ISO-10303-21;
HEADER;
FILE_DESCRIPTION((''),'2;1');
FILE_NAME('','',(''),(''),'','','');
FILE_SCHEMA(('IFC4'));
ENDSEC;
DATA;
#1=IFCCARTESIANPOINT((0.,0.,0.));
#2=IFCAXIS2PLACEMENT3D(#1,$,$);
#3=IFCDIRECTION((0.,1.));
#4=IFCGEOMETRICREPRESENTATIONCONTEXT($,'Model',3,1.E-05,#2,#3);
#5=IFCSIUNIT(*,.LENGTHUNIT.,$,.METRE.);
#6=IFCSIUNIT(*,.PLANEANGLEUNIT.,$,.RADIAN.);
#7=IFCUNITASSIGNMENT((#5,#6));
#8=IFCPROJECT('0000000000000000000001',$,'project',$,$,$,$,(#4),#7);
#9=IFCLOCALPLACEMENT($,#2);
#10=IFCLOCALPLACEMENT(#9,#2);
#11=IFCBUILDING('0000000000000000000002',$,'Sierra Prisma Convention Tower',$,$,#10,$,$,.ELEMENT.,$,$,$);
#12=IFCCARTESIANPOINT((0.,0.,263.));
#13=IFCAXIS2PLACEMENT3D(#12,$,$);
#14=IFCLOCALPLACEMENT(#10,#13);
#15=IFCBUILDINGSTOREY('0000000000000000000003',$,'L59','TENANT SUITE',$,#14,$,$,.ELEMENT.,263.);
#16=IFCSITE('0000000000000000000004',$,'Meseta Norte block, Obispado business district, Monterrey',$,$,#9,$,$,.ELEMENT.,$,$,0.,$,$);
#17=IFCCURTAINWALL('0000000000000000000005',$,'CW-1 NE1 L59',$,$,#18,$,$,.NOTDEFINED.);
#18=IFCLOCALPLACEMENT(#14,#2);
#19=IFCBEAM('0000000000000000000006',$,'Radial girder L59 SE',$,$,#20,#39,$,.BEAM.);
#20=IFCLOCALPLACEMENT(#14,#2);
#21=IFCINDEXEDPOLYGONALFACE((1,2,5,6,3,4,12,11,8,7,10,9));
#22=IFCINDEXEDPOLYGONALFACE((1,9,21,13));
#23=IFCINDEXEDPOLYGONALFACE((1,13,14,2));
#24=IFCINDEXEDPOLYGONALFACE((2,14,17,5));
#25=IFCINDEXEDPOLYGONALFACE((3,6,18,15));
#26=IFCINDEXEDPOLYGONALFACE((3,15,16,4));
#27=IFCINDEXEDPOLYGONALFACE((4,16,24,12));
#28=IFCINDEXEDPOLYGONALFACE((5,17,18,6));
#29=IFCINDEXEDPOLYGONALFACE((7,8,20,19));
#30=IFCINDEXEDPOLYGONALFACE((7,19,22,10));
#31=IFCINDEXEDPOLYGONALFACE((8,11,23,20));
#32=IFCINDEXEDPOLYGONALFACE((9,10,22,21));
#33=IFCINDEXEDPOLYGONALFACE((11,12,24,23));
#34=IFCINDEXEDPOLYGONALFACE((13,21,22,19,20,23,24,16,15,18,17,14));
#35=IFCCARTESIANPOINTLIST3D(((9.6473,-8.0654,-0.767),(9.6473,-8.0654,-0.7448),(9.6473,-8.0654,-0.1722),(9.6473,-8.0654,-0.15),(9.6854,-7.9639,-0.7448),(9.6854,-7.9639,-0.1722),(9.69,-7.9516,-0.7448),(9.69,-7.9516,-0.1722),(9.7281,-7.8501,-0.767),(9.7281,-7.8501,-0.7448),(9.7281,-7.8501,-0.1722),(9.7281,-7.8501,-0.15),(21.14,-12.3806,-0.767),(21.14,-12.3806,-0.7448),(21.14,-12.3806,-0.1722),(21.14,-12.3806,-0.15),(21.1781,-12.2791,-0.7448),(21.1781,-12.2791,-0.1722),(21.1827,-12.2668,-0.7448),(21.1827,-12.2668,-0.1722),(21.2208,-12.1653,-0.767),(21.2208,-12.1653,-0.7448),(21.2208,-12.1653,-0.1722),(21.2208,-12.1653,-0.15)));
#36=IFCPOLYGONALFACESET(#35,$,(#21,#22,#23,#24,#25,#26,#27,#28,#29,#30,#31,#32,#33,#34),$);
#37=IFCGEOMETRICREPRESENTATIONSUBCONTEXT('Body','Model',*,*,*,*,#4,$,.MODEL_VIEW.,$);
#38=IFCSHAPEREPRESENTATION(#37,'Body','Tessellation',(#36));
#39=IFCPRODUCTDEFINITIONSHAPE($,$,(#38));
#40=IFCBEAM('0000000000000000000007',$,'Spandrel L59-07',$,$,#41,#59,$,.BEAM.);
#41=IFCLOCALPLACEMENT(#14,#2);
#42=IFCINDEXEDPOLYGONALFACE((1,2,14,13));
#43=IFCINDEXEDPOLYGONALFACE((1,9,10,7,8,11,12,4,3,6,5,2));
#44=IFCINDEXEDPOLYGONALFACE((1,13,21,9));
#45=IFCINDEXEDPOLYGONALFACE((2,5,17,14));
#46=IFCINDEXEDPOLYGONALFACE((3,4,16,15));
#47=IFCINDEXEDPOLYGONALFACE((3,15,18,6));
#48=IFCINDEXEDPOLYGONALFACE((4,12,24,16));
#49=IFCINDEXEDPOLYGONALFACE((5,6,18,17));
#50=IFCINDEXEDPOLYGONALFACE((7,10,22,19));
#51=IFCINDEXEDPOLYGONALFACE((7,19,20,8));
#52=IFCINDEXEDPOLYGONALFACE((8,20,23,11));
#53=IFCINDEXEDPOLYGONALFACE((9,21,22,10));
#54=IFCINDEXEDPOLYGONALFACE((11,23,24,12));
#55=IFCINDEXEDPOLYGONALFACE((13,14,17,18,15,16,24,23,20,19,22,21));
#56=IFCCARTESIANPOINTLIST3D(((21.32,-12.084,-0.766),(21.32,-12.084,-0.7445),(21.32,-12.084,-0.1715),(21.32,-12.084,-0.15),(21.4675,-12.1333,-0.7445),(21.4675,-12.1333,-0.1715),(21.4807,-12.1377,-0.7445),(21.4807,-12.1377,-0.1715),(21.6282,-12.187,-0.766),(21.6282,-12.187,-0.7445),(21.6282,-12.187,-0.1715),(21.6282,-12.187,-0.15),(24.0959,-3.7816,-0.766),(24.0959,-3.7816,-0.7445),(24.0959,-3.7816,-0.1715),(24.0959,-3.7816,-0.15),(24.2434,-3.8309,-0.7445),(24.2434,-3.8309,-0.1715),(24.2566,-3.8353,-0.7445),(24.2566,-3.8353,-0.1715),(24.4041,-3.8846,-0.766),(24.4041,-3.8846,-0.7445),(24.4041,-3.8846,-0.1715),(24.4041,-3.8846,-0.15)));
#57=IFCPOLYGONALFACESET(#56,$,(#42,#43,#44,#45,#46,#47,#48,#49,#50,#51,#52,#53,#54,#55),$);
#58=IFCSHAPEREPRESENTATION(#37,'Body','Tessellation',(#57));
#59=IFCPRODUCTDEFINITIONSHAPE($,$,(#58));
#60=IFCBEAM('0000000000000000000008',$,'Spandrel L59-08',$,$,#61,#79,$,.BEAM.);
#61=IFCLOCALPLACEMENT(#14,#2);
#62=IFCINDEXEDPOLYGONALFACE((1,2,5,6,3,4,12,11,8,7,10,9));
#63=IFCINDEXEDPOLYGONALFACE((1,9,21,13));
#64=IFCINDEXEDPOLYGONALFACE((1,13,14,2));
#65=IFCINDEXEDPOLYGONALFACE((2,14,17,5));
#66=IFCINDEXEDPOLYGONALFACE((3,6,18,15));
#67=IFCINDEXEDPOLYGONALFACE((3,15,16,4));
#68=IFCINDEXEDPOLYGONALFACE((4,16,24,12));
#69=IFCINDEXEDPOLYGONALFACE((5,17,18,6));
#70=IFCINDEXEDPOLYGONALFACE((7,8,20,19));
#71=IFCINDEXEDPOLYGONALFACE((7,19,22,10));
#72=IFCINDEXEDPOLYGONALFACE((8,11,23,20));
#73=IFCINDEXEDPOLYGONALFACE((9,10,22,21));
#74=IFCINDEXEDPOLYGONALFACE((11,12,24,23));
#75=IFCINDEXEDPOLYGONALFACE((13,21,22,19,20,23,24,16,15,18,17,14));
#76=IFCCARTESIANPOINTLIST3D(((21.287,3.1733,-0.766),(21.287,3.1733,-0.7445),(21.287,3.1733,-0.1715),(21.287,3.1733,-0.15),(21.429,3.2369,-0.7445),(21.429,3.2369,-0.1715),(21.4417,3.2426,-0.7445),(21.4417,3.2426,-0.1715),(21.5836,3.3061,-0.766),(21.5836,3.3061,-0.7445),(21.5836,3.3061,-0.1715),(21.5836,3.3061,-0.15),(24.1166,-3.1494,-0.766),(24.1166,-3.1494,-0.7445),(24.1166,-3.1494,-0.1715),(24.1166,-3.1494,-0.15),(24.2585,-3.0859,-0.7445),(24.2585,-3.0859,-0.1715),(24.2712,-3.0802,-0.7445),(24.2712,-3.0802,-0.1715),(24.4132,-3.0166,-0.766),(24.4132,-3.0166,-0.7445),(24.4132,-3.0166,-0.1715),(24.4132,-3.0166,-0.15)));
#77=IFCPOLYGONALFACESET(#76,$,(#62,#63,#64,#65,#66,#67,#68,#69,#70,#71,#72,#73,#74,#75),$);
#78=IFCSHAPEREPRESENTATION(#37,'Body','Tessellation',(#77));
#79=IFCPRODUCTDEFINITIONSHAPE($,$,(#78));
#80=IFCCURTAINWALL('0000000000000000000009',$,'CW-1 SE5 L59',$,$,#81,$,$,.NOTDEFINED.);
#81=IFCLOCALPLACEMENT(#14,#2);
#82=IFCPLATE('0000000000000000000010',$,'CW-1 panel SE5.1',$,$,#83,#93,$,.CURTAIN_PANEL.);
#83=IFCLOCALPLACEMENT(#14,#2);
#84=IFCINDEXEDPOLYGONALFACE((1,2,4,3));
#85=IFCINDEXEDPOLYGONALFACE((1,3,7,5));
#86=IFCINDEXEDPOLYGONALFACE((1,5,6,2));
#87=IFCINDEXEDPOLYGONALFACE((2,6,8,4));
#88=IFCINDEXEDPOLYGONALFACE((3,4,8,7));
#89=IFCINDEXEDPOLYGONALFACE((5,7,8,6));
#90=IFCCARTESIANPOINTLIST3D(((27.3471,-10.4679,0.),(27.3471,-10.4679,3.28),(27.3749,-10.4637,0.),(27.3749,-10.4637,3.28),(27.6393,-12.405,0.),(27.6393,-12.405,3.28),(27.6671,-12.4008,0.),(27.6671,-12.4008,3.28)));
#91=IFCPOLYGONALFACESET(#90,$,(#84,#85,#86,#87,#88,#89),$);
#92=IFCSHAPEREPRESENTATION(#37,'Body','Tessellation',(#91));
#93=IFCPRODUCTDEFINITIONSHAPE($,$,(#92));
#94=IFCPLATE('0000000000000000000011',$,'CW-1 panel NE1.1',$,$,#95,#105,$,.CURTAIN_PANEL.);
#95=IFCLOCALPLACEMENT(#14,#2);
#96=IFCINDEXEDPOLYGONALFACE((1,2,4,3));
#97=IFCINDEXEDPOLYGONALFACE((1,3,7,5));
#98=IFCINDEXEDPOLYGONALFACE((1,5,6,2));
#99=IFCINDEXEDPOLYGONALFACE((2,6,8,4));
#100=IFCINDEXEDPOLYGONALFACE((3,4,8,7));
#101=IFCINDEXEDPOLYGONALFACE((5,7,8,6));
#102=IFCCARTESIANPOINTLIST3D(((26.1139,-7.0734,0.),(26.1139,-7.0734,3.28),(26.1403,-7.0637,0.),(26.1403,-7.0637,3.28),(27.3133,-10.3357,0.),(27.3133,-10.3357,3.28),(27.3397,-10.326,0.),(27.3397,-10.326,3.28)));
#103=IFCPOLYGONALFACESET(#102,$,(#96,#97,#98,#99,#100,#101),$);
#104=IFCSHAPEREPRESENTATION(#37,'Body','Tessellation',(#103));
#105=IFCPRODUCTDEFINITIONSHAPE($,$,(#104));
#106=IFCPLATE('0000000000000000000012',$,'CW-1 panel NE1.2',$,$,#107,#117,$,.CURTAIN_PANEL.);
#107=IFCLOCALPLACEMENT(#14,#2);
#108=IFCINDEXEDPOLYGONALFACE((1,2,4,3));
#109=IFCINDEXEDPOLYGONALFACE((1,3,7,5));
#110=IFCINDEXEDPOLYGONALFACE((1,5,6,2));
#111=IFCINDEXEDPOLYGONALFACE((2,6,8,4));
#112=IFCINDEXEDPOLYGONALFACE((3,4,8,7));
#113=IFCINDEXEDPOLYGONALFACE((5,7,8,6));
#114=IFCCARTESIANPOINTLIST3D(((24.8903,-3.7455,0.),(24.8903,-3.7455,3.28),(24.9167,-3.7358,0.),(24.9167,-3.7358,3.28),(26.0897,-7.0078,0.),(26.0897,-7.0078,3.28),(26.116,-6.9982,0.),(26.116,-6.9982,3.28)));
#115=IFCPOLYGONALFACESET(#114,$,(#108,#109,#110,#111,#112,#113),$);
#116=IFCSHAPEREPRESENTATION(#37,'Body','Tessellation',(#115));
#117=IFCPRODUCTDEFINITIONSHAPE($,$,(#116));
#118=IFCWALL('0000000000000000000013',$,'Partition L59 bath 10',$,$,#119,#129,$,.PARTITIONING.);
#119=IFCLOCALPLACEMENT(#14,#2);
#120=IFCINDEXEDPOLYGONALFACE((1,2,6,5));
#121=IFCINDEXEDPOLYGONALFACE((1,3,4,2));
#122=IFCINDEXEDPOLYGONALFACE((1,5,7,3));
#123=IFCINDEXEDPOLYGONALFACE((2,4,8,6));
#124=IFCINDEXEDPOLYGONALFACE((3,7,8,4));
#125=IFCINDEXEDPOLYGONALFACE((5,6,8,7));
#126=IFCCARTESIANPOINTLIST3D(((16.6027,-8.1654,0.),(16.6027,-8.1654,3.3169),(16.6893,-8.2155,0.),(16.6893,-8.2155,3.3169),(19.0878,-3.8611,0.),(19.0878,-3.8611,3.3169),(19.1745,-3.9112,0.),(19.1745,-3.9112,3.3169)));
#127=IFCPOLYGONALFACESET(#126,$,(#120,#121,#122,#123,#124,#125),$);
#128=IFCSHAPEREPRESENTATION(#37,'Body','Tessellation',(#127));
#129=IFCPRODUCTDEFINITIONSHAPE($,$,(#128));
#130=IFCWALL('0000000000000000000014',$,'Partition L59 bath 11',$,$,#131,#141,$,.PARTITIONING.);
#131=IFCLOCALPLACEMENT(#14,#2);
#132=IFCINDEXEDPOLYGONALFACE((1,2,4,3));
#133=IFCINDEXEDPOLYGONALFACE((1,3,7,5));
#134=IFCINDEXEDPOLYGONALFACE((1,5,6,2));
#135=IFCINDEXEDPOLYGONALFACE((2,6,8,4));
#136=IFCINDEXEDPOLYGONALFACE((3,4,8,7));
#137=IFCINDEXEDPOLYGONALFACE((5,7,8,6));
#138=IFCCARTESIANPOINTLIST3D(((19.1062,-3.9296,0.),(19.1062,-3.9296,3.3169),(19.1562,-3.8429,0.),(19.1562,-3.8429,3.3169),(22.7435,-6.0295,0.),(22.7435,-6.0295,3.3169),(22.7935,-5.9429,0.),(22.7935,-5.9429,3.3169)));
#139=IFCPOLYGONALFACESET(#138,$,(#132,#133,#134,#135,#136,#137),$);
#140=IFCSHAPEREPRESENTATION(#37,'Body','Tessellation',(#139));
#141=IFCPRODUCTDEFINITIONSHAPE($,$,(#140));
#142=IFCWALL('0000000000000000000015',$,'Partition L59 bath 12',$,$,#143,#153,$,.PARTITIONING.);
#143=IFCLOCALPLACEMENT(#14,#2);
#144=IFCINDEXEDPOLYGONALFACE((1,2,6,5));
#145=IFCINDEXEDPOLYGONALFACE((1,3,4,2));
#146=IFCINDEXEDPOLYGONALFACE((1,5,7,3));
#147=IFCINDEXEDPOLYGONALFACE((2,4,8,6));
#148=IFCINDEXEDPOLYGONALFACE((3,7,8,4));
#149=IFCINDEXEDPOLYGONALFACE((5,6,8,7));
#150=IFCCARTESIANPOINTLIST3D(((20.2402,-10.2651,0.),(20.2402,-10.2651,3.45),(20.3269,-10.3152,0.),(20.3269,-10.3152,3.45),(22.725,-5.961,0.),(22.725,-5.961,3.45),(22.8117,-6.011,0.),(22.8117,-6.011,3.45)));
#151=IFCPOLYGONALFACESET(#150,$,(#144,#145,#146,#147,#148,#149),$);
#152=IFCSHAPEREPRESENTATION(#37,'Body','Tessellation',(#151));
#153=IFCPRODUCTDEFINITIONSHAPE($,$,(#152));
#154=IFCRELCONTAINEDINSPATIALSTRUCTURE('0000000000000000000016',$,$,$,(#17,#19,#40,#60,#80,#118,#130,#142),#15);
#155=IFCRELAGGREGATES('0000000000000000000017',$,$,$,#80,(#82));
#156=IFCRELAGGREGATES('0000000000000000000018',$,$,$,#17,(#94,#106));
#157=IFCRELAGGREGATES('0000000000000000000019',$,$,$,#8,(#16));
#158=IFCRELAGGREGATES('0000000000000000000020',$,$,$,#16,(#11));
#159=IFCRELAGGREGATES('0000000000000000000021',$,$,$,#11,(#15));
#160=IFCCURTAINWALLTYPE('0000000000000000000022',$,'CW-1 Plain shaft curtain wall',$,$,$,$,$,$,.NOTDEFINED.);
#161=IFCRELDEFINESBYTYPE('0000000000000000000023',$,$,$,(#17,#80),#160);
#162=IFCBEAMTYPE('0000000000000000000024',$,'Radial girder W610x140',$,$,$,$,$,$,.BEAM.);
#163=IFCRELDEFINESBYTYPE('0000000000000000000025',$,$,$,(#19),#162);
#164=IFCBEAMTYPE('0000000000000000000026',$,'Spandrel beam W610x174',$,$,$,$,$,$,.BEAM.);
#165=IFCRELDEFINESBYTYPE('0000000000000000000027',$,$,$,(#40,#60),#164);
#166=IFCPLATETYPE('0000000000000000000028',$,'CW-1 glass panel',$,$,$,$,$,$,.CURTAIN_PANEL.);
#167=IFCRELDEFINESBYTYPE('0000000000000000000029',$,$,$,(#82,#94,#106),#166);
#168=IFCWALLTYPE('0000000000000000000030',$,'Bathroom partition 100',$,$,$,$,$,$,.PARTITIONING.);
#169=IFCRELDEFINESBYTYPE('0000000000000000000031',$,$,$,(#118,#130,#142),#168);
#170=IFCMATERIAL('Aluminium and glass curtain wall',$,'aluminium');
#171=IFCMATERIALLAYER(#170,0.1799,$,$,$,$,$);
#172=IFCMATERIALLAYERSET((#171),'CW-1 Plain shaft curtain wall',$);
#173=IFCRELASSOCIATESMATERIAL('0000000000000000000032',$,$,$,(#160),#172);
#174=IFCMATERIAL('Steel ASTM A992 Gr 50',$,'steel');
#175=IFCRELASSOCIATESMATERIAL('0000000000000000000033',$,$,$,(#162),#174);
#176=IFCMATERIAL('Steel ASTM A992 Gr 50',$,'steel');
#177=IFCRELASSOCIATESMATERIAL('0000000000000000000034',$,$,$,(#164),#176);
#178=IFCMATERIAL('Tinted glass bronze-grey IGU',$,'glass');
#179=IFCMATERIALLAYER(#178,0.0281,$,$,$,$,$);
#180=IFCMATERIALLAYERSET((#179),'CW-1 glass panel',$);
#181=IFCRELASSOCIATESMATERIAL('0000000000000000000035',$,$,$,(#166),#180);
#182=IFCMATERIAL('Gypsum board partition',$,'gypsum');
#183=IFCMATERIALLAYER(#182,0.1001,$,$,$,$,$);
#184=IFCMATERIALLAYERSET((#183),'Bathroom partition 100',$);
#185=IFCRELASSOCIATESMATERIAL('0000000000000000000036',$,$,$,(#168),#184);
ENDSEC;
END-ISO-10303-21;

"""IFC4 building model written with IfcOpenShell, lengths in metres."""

from ifc_helpers import new_model, si_unit, direction, frame, frame_2d, origin, origin_2d, place, context, subcontext, project, spatial, rectangle, i_section, extrude, material, layer, layer_set, material_profile, profile_set, type_object, element, aggregate, save


model = new_model("IFC4")

# Units and contexts
model_context = context("Model", 3, precision=1e-05, world=origin(), true_north=direction((0.0, 1.0)))
body_context = subcontext(model_context, "Body", "Model", "MODEL_VIEW")
ifc_project = project(units=[si_unit("LENGTHUNIT", "METRE"), si_unit("PLANEANGLEUNIT", "RADIAN")], contexts=[model_context])

# Site, building, storey
site_placement = place(None, origin())
site = spatial("IfcSite", under=ifc_project, at=site_placement, Name="Meseta Norte block, Obispado business district, Monterrey", CompositionType="ELEMENT", RefElevation=0.0)
building_placement = place(site_placement, origin())
building = spatial("IfcBuilding", under=site, at=building_placement, Name="Sierra Prisma Convention Tower", CompositionType="ELEMENT")
storey_placement = place(building_placement, frame((0.0, 0.0, 263.0)))
storey = spatial("IfcBuildingStorey", under=building, at=storey_placement, Name="L59", Description="TENANT SUITE", CompositionType="ELEMENT", Elevation=263.0)

# Curtain wall
ifc_material_1 = material(Name="Aluminium and glass curtain wall", Category="aluminium")
ifc_layer_1 = layer(ifc_material_1, 0.1799)
ifc_layer_set_1 = layer_set([ifc_layer_1], Name="CW-1 Plain shaft curtain wall")
curtain_wall_type = type_object("IfcCurtainWallType", Name="CW-1 Plain shaft curtain wall", PredefinedType="NOTDEFINED", material=ifc_layer_set_1)
curtain_wall_1_placement = place(storey_placement, origin())
curtain_wall_1 = element("IfcCurtainWall", 1, at=curtain_wall_1_placement, inside=storey, type_object=curtain_wall_type, Name="CW-1 NE1 L59", PredefinedType="NOTDEFINED")

# Beams
ifc_material_2 = material(Name="Steel ASTM A992 Gr 50", Category="steel")
ifc_material_profile_1 = material_profile(ifc_material_2, i_section(OverallWidth=0.23, OverallDepth=0.6169, WebThickness=0.0132, FlangeThickness=0.0222, at=origin_2d()), Name="W610x140")
ifc_profile_set_1 = profile_set([ifc_material_profile_1], Name="Steel ASTM A992 Gr 50")
beam_type_1 = type_object("IfcBeamType", Name="Radial girder W610x140", PredefinedType="BEAM", material=ifc_profile_set_1)
beam_1_placement = place(storey_placement, frame((21.1804, -12.2729, -0.4585), z_axis=(-0.936184, 0.351511, 0.0), x_axis=(-0.351511, -0.936184, 0.0)))
element("IfcBeam", 2, at=beam_1_placement, inside=storey, type_object=beam_type_1, Name="Radial girder L59 SE", PredefinedType="BEAM", context=body_context, shape_type="SweptSolid", body=[
    extrude(i_section(OverallWidth=0.23, OverallDepth=0.6169, WebThickness=0.0132, FlangeThickness=0.0222, at=origin_2d()), origin(), (0.0, 0.0, 1.0), 12.2761),
])
ifc_material_3 = material(Name="Steel ASTM A992 Gr 50", Category="steel")
ifc_material_profile_2 = material_profile(ifc_material_3, i_section(OverallWidth=0.325, OverallDepth=0.616, WebThickness=0.0139, FlangeThickness=0.0215, at=origin_2d()), Name="W610x174")
ifc_profile_set_2 = profile_set([ifc_material_profile_2], Name="Steel ASTM A992 Gr 50")
beam_type_2 = type_object("IfcBeamType", Name="Spandrel beam W610x174", PredefinedType="BEAM", material=ifc_profile_set_2)
beam_2_placement = place(storey_placement, frame((21.4741, -12.1355, -0.458), z_axis=(0.317089, 0.948396, 0.0), x_axis=(-0.948396, 0.317089, 0.0)))
element("IfcBeam", 3, at=beam_2_placement, inside=storey, type_object=beam_type_2, Name="Spandrel L59-07", PredefinedType="BEAM", context=body_context, shape_type="SweptSolid", body=[
    extrude(i_section(OverallWidth=0.325, OverallDepth=0.616, WebThickness=0.0139, FlangeThickness=0.0215, at=origin_2d()), origin(), (0.0, 0.0, 1.0), 8.7542),
])
beam_3_placement = place(storey_placement, frame((24.2649, -3.083, -0.458), z_axis=(-0.408485, 0.912765, 0.0), x_axis=(-0.912765, -0.408485, 0.0)))
element("IfcBeam", 4, at=beam_3_placement, inside=storey, type_object=beam_type_2, Name="Spandrel L59-08", PredefinedType="BEAM", context=body_context, shape_type="SweptSolid", body=[
    extrude(i_section(OverallWidth=0.325, OverallDepth=0.616, WebThickness=0.0139, FlangeThickness=0.0215, at=origin_2d()), origin(), (0.0, 0.0, 1.0), 6.927),
])

# Curtain wall, plate
curtain_wall_2_placement = place(storey_placement, origin())
curtain_wall_2 = element("IfcCurtainWall", 5, at=curtain_wall_2_placement, inside=storey, type_object=curtain_wall_type, Name="CW-1 SE5 L59", PredefinedType="NOTDEFINED")
ifc_material_4 = material(Name="Tinted glass bronze-grey IGU", Category="glass")
ifc_layer_2 = layer(ifc_material_4, 0.0281)
ifc_layer_set_2 = layer_set([ifc_layer_2], Name="CW-1 glass panel")
plate_type = type_object("IfcPlateType", Name="CW-1 glass panel", PredefinedType="CURTAIN_PANEL", material=ifc_layer_set_2)
plate_1_placement = place(storey_placement, frame((27.5071, -11.4343, 0.0), z_axis=(0.0, 0.0, 1.0), x_axis=(-0.149155, 0.988814, 0.0)))
plate_1 = element("IfcPlate", 6, at=plate_1_placement, type_object=plate_type, Name="CW-1 panel SE5.1", PredefinedType="CURTAIN_PANEL", context=body_context, shape_type="SweptSolid", body=[
    extrude(rectangle(XDim=1.959, YDim=0.0281, at=origin_2d()), origin(), (0.0, 0.0, 1.0), 3.28),
])
aggregate(curtain_wall_2, [plate_1])

# Plates
plate_2_placement = place(storey_placement, frame((26.7268, -8.6997, 0.0), z_axis=(0.0, 0.0, 1.0), x_axis=(-0.345059, 0.938581, 0.0)))
plate_2 = element("IfcPlate", 7, at=plate_2_placement, type_object=plate_type, Name="CW-1 panel NE1.1", PredefinedType="CURTAIN_PANEL", context=body_context, shape_type="SweptSolid", body=[
    extrude(rectangle(XDim=3.4758, YDim=0.0281, at=origin_2d()), origin(), (0.0, 0.0, 1.0), 3.28),
])
plate_3_placement = place(storey_placement, frame((25.5032, -5.3718, 0.0), z_axis=(0.0, 0.0, 1.0), x_axis=(-0.345059, 0.938581, 0.0)))
plate_3 = element("IfcPlate", 8, at=plate_3_placement, type_object=plate_type, Name="CW-1 panel NE1.2", PredefinedType="CURTAIN_PANEL", context=body_context, shape_type="SweptSolid", body=[
    extrude(rectangle(XDim=3.4758, YDim=0.0281, at=origin_2d()), origin(), (0.0, 0.0, 1.0), 3.28),
])
aggregate(curtain_wall_1, [plate_2, plate_3])

# Walls
ifc_material_5 = material(Name="Gypsum board partition", Category="gypsum")
ifc_layer_3 = layer(ifc_material_5, 0.1001)
ifc_layer_set_3 = layer_set([ifc_layer_3], Name="Bathroom partition 100")
wall_type_1 = type_object("IfcWallType", Name="Bathroom partition 100", PredefinedType="PARTITIONING", material=ifc_layer_set_3)
wall_1_placement = place(storey_placement, frame((16.646, -8.1904, 0.0), z_axis=(0.0, 0.0, 1.0), x_axis=(0.500012, 0.866019, 0.0)))
element("IfcWall", 9, at=wall_1_placement, inside=storey, type_object=wall_type_1, Name="Partition L59 bath 10", PredefinedType="PARTITIONING", context=body_context, shape_type="SweptSolid", body=[
    extrude(rectangle(XDim=4.9702, YDim=0.1001, at=frame_2d((2.4851, 0.0))), origin(), (0.0, 0.0, 1.0), 3.3169),
])
wall_2_placement = place(storey_placement, frame((19.1311, -3.8862, 0.0), z_axis=(0.0, 0.0, 1.0), x_axis=(0.866035, -0.499984, 0.0)))
element("IfcWall", 10, at=wall_2_placement, inside=storey, type_object=wall_type_1, Name="Partition L59 bath 11", PredefinedType="PARTITIONING", context=body_context, shape_type="SweptSolid", body=[
    extrude(rectangle(XDim=4.2, YDim=0.1001, at=frame_2d((2.1001, 0.0))), origin(), (0.0, 0.0, 1.0), 3.3169),
])
wall_3_placement = place(storey_placement, frame((22.7683, -5.9861, 0.0), z_axis=(0.0, 0.0, 1.0), x_axis=(-0.499975, -0.86604, 0.0)))
element("IfcWall", 11, at=wall_3_placement, inside=storey, type_object=wall_type_1, Name="Partition L59 bath 12", PredefinedType="PARTITIONING", context=body_context, shape_type="SweptSolid", body=[
    extrude(rectangle(XDim=4.97, YDim=0.1001, at=frame_2d((2.4849, 0.0))), origin(), (0.0, 0.0, 1.0), 3.45),
])

save(model, "model.ifc")
